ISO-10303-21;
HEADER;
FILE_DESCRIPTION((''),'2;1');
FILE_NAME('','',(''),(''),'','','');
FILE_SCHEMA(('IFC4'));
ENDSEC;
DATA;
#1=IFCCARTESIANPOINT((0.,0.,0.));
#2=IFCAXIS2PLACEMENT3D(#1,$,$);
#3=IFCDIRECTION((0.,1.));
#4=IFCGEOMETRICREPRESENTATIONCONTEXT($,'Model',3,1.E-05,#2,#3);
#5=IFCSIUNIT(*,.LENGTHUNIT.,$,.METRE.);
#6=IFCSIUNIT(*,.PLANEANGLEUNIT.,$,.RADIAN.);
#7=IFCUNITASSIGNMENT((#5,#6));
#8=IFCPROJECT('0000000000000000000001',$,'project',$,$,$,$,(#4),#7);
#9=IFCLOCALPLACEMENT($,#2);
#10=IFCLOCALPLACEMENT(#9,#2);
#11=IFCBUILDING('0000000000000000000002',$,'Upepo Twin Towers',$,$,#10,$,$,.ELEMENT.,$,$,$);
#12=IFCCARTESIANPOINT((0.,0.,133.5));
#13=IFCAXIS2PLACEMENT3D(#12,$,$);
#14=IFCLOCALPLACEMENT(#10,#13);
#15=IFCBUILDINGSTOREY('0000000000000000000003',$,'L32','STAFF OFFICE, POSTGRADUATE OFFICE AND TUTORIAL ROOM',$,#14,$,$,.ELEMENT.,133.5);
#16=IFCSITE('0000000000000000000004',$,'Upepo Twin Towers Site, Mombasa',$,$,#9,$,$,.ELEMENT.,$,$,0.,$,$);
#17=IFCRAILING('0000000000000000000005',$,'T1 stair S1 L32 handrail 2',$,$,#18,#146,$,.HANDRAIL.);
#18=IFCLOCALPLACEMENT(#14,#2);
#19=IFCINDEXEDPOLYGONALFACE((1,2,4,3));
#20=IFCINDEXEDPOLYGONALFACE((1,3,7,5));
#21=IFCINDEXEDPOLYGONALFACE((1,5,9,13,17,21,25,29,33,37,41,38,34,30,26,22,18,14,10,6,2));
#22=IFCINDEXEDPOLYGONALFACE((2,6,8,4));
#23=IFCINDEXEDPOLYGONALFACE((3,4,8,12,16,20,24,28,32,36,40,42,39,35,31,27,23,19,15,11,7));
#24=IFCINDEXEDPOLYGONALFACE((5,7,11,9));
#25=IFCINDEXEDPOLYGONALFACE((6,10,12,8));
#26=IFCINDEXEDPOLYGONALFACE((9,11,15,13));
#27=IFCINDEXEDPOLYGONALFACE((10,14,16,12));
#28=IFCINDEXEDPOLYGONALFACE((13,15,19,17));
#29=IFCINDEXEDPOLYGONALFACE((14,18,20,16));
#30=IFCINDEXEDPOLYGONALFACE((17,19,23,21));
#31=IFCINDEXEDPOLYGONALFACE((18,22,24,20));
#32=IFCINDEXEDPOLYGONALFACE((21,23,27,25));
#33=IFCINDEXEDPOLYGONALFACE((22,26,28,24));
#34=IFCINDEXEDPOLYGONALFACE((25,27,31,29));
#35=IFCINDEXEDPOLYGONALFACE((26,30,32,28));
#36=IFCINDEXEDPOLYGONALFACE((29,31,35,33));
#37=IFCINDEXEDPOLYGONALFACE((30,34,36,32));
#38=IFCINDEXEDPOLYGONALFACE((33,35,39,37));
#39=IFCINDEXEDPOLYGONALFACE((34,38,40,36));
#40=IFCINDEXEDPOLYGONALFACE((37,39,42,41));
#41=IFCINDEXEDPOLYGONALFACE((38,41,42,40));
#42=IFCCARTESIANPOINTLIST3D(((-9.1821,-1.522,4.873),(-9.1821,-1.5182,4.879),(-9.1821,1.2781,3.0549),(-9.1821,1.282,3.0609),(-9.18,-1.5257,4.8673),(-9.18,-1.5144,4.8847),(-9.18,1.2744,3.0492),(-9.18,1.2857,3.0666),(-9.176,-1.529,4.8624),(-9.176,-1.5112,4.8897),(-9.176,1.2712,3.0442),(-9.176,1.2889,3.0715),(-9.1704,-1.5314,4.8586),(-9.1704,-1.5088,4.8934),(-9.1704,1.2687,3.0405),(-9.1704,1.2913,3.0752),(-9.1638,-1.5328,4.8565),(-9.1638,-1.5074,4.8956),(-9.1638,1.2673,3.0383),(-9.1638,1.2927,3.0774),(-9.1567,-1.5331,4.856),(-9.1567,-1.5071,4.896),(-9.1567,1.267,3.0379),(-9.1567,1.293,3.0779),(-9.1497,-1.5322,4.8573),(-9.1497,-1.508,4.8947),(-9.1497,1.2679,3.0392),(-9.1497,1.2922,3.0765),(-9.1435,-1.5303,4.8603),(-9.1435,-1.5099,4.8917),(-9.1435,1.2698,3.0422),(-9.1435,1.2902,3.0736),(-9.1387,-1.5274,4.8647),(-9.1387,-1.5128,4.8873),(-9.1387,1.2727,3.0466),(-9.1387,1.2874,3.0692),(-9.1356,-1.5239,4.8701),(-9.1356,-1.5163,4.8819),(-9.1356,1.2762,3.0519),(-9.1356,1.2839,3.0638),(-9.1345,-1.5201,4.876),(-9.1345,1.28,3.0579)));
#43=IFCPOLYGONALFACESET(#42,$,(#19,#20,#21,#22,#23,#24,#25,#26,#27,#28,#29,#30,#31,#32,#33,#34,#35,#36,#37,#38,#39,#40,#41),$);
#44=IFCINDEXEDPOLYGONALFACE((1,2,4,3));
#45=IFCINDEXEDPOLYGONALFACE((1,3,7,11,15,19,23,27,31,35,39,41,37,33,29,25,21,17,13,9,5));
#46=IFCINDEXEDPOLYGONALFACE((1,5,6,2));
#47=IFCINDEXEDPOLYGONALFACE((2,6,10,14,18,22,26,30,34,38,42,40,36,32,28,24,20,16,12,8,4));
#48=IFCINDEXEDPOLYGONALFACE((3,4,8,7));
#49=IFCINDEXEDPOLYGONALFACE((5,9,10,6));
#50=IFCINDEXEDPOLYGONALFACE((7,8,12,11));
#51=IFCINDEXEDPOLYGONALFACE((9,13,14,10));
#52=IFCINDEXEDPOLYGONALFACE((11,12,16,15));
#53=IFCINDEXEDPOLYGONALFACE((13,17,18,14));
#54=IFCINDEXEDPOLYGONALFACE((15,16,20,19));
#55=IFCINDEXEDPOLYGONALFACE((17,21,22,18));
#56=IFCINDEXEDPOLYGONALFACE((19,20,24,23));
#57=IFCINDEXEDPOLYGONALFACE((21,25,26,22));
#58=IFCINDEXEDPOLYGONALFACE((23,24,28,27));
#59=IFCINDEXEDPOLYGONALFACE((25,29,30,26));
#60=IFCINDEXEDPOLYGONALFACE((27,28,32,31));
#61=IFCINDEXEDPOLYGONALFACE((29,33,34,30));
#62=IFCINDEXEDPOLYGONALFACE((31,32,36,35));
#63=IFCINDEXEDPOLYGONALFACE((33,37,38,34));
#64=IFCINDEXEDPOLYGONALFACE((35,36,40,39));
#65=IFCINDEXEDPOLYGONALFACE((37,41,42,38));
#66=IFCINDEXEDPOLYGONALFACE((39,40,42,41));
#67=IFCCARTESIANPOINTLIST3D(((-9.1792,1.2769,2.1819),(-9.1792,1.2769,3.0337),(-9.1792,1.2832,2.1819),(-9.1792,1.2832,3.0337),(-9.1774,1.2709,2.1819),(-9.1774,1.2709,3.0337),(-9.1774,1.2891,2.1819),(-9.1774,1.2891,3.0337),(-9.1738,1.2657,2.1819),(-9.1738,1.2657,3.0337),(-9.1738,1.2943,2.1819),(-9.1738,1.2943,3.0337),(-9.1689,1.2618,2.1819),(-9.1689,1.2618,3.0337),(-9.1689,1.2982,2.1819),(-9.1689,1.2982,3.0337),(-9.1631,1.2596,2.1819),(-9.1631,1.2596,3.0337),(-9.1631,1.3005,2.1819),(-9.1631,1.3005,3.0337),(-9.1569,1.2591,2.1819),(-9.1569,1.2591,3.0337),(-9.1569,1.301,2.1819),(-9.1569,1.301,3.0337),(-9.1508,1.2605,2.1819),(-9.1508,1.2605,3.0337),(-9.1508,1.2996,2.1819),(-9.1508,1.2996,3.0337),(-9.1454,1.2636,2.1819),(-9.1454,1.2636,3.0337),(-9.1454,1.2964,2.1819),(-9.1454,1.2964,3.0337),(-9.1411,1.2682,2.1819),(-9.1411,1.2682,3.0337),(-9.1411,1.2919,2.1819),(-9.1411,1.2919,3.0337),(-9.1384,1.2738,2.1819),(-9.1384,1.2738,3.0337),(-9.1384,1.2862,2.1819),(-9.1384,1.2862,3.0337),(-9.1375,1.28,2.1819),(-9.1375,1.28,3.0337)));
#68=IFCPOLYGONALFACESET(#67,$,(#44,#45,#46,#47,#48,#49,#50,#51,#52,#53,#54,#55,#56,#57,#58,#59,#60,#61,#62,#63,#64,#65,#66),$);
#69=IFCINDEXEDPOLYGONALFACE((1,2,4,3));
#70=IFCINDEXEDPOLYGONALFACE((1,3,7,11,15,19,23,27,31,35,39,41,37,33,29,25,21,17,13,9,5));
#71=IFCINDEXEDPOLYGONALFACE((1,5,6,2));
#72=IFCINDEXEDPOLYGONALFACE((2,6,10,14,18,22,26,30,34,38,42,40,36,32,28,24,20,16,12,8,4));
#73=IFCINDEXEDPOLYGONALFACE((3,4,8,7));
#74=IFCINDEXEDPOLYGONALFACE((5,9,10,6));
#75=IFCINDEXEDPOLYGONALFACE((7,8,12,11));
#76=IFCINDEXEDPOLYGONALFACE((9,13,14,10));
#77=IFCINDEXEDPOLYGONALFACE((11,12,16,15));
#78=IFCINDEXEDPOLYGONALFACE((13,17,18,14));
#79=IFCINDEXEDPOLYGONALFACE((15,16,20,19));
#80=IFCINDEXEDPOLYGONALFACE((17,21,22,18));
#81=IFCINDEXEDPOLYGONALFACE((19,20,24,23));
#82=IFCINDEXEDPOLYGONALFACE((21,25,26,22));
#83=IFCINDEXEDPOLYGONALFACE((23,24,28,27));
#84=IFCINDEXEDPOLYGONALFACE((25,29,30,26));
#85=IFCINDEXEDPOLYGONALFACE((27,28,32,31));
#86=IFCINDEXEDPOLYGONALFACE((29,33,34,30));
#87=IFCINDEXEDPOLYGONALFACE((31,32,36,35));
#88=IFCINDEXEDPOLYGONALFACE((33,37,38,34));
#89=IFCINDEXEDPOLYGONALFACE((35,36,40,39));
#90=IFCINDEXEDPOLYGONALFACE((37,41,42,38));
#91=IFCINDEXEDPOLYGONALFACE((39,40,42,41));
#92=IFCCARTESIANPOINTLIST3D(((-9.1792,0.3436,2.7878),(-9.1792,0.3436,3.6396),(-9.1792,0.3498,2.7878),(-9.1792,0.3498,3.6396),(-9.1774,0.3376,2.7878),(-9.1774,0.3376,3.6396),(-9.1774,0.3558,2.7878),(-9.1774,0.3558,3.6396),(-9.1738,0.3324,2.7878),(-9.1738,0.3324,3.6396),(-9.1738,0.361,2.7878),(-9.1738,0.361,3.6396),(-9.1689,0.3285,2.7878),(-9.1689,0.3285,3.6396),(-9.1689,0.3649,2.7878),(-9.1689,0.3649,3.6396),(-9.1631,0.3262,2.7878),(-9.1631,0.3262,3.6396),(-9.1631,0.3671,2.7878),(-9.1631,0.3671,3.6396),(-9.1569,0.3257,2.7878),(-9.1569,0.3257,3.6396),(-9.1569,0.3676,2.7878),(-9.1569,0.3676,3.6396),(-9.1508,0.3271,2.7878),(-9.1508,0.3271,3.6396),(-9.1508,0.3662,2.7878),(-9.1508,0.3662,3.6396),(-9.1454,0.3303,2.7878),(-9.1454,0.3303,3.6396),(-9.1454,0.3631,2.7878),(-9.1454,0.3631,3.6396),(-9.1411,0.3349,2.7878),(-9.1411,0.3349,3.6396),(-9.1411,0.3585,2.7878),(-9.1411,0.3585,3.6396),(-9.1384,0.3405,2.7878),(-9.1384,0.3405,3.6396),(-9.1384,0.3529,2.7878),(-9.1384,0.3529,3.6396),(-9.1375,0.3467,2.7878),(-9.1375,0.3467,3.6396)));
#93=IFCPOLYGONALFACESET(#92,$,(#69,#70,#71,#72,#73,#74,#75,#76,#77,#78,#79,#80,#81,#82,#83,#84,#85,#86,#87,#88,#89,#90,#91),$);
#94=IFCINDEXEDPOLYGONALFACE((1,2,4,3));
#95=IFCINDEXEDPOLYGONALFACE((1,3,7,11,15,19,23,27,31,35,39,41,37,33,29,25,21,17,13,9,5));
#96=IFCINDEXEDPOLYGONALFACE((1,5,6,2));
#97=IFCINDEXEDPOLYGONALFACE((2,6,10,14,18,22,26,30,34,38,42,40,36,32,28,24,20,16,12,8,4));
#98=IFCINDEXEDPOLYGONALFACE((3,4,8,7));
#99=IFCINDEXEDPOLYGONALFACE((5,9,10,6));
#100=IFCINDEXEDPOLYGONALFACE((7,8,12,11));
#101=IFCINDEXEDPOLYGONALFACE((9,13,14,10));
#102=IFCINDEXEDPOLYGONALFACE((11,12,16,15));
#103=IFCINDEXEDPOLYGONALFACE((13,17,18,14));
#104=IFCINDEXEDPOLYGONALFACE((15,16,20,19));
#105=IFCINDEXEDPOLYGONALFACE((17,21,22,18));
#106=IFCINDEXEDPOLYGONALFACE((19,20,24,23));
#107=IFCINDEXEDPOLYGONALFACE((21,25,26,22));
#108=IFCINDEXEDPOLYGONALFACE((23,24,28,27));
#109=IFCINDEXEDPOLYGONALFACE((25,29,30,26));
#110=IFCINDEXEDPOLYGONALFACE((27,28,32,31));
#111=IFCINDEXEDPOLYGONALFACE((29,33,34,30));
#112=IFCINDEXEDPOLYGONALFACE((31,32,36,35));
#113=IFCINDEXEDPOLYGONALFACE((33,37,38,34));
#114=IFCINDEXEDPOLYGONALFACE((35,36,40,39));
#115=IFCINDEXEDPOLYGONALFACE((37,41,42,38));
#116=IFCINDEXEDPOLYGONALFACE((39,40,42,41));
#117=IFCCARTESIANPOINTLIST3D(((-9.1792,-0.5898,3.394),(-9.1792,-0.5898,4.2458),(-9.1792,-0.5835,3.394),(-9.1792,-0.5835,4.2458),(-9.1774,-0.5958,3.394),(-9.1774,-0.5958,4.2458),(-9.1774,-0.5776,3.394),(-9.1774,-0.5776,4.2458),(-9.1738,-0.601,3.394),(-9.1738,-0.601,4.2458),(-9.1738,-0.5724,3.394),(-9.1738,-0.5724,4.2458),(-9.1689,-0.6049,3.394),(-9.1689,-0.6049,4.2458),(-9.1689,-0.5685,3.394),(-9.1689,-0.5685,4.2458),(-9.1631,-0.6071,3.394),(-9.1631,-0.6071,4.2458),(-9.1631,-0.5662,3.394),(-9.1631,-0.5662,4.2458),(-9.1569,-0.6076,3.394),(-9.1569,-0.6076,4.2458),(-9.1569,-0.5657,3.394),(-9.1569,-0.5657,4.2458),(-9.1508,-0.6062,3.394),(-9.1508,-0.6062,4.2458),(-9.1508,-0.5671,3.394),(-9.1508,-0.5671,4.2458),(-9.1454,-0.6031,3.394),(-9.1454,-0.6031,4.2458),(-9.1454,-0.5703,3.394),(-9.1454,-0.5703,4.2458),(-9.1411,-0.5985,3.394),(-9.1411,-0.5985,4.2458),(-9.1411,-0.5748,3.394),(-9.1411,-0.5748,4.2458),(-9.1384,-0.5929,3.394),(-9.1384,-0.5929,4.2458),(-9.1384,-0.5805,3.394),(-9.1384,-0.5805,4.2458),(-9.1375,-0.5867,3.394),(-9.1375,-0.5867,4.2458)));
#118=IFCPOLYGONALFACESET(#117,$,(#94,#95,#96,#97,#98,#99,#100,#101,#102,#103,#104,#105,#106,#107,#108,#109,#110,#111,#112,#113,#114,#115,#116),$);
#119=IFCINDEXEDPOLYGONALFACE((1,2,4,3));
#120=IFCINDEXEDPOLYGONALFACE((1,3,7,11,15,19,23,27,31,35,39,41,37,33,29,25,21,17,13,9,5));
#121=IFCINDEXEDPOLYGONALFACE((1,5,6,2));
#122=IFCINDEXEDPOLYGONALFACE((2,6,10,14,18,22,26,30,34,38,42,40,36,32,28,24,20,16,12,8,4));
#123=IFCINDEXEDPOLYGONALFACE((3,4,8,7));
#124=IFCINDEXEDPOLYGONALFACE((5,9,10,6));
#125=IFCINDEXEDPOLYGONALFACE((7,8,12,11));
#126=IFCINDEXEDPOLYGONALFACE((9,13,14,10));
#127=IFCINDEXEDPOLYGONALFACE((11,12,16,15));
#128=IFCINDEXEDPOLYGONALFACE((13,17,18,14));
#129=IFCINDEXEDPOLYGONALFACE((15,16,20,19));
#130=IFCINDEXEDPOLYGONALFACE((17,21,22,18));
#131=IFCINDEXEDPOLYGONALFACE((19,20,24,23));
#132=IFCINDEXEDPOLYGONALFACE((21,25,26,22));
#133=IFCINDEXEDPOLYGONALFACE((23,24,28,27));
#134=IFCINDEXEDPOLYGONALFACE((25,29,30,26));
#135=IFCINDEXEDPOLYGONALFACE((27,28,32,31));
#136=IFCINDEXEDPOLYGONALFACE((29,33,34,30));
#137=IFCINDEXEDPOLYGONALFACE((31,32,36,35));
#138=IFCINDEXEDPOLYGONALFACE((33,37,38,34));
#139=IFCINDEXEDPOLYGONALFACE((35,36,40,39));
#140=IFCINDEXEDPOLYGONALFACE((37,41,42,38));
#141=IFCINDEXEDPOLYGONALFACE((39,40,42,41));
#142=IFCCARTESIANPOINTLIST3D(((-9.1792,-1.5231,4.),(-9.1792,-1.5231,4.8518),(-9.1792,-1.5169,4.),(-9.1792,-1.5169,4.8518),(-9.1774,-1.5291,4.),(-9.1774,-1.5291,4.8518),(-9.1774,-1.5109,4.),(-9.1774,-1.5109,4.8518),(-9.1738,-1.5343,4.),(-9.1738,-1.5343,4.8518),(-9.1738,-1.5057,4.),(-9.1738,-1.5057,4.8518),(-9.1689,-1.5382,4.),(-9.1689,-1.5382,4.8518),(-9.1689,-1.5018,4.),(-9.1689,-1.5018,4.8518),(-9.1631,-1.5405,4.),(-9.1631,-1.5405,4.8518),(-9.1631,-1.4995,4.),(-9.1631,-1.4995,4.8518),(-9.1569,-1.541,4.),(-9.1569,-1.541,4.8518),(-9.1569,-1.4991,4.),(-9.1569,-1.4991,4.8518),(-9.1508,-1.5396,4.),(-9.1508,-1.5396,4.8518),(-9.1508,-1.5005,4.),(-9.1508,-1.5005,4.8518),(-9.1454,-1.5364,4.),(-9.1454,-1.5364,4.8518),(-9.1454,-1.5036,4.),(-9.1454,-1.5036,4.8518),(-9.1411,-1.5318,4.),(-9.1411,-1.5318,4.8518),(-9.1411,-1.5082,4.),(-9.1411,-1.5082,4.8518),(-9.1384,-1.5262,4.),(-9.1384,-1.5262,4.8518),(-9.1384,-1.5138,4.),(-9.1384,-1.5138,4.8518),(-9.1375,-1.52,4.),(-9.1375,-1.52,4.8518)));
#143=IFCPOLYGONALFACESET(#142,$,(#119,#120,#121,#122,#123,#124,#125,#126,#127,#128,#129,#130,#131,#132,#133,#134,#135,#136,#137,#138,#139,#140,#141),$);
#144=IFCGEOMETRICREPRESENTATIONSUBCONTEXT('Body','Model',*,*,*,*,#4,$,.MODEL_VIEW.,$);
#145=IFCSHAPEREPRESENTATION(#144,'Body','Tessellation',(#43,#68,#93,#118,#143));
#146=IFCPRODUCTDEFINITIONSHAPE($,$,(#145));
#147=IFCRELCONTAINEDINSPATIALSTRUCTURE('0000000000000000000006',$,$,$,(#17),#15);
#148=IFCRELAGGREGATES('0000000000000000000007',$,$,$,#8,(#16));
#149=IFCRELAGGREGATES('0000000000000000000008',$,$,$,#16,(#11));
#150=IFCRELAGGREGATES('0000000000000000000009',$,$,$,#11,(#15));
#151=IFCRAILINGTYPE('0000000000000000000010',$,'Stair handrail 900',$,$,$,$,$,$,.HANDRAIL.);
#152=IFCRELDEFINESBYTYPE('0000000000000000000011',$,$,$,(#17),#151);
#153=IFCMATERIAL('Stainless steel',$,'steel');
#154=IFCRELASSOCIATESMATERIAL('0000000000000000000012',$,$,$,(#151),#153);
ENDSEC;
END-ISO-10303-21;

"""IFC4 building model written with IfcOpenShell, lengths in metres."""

from ifc_helpers import new_model, si_unit, direction, frame, origin, origin_2d, place, context, subcontext, project, spatial, circle, extrude, material, type_object, element, save


model = new_model("IFC4")

# Units and contexts
model_context = context("Model", 3, precision=1e-05, world=origin(), true_north=direction((0.0, 1.0)))
body_context = subcontext(model_context, "Body", "Model", "MODEL_VIEW")
ifc_project = project(units=[si_unit("LENGTHUNIT", "METRE"), si_unit("PLANEANGLEUNIT", "RADIAN")], contexts=[model_context])

# Site, building, storey
site_placement = place(None, origin())
site = spatial("IfcSite", under=ifc_project, at=site_placement, Name="Upepo Twin Towers Site, Mombasa", CompositionType="ELEMENT", RefElevation=0.0)
building_placement = place(site_placement, origin())
building = spatial("IfcBuilding", under=site, at=building_placement, Name="Upepo Twin Towers", CompositionType="ELEMENT")
storey_placement = place(building_placement, frame((0.0, 0.0, 133.5)))
storey = spatial("IfcBuildingStorey", under=building, at=storey_placement, Name="L32", Description="STAFF OFFICE, POSTGRADUATE OFFICE AND TUTORIAL ROOM", CompositionType="ELEMENT", Elevation=133.5)

# Railing
ifc_material_1 = material(Name="Stainless steel", Category="steel")
railing_type = type_object("IfcRailingType", Name="Stair handrail 900", PredefinedType="HANDRAIL", material=ifc_material_1)
railing_1_placement = place(storey_placement, frame((-9.1584, 1.28, 2.1819)))
element("IfcRailing", 1, at=railing_1_placement, inside=storey, type_object=railing_type, Name="T1 stair S1 L32 handrail 2", PredefinedType="HANDRAIL", context=body_context, shape_type="SweptSolid", body=[
    extrude(circle(Radius=0.0239, at=origin_2d()), frame((0.0, 0.0, 0.876), z_axis=(0.0, -0.838706, 0.544585), x_axis=(1.0, 0.0, 0.0)), (0.0, 0.0, 1.0), 3.3386),
    extrude(circle(Radius=0.021, at=origin_2d()), origin(), (0.0, 0.0, 1.0), 0.8518),
    extrude(circle(Radius=0.021, at=origin_2d()), frame((0.0, -0.9333, 0.606)), (0.0, 0.0, 1.0), 0.8518),
    extrude(circle(Radius=0.021, at=origin_2d()), frame((0.0, -1.8667, 1.2122)), (0.0, 0.0, 1.0), 0.8518),
    extrude(circle(Radius=0.021, at=origin_2d()), frame((0.0, -2.8, 1.8181)), (0.0, 0.0, 1.0), 0.8518),
])

save(model, "model.ifc")
